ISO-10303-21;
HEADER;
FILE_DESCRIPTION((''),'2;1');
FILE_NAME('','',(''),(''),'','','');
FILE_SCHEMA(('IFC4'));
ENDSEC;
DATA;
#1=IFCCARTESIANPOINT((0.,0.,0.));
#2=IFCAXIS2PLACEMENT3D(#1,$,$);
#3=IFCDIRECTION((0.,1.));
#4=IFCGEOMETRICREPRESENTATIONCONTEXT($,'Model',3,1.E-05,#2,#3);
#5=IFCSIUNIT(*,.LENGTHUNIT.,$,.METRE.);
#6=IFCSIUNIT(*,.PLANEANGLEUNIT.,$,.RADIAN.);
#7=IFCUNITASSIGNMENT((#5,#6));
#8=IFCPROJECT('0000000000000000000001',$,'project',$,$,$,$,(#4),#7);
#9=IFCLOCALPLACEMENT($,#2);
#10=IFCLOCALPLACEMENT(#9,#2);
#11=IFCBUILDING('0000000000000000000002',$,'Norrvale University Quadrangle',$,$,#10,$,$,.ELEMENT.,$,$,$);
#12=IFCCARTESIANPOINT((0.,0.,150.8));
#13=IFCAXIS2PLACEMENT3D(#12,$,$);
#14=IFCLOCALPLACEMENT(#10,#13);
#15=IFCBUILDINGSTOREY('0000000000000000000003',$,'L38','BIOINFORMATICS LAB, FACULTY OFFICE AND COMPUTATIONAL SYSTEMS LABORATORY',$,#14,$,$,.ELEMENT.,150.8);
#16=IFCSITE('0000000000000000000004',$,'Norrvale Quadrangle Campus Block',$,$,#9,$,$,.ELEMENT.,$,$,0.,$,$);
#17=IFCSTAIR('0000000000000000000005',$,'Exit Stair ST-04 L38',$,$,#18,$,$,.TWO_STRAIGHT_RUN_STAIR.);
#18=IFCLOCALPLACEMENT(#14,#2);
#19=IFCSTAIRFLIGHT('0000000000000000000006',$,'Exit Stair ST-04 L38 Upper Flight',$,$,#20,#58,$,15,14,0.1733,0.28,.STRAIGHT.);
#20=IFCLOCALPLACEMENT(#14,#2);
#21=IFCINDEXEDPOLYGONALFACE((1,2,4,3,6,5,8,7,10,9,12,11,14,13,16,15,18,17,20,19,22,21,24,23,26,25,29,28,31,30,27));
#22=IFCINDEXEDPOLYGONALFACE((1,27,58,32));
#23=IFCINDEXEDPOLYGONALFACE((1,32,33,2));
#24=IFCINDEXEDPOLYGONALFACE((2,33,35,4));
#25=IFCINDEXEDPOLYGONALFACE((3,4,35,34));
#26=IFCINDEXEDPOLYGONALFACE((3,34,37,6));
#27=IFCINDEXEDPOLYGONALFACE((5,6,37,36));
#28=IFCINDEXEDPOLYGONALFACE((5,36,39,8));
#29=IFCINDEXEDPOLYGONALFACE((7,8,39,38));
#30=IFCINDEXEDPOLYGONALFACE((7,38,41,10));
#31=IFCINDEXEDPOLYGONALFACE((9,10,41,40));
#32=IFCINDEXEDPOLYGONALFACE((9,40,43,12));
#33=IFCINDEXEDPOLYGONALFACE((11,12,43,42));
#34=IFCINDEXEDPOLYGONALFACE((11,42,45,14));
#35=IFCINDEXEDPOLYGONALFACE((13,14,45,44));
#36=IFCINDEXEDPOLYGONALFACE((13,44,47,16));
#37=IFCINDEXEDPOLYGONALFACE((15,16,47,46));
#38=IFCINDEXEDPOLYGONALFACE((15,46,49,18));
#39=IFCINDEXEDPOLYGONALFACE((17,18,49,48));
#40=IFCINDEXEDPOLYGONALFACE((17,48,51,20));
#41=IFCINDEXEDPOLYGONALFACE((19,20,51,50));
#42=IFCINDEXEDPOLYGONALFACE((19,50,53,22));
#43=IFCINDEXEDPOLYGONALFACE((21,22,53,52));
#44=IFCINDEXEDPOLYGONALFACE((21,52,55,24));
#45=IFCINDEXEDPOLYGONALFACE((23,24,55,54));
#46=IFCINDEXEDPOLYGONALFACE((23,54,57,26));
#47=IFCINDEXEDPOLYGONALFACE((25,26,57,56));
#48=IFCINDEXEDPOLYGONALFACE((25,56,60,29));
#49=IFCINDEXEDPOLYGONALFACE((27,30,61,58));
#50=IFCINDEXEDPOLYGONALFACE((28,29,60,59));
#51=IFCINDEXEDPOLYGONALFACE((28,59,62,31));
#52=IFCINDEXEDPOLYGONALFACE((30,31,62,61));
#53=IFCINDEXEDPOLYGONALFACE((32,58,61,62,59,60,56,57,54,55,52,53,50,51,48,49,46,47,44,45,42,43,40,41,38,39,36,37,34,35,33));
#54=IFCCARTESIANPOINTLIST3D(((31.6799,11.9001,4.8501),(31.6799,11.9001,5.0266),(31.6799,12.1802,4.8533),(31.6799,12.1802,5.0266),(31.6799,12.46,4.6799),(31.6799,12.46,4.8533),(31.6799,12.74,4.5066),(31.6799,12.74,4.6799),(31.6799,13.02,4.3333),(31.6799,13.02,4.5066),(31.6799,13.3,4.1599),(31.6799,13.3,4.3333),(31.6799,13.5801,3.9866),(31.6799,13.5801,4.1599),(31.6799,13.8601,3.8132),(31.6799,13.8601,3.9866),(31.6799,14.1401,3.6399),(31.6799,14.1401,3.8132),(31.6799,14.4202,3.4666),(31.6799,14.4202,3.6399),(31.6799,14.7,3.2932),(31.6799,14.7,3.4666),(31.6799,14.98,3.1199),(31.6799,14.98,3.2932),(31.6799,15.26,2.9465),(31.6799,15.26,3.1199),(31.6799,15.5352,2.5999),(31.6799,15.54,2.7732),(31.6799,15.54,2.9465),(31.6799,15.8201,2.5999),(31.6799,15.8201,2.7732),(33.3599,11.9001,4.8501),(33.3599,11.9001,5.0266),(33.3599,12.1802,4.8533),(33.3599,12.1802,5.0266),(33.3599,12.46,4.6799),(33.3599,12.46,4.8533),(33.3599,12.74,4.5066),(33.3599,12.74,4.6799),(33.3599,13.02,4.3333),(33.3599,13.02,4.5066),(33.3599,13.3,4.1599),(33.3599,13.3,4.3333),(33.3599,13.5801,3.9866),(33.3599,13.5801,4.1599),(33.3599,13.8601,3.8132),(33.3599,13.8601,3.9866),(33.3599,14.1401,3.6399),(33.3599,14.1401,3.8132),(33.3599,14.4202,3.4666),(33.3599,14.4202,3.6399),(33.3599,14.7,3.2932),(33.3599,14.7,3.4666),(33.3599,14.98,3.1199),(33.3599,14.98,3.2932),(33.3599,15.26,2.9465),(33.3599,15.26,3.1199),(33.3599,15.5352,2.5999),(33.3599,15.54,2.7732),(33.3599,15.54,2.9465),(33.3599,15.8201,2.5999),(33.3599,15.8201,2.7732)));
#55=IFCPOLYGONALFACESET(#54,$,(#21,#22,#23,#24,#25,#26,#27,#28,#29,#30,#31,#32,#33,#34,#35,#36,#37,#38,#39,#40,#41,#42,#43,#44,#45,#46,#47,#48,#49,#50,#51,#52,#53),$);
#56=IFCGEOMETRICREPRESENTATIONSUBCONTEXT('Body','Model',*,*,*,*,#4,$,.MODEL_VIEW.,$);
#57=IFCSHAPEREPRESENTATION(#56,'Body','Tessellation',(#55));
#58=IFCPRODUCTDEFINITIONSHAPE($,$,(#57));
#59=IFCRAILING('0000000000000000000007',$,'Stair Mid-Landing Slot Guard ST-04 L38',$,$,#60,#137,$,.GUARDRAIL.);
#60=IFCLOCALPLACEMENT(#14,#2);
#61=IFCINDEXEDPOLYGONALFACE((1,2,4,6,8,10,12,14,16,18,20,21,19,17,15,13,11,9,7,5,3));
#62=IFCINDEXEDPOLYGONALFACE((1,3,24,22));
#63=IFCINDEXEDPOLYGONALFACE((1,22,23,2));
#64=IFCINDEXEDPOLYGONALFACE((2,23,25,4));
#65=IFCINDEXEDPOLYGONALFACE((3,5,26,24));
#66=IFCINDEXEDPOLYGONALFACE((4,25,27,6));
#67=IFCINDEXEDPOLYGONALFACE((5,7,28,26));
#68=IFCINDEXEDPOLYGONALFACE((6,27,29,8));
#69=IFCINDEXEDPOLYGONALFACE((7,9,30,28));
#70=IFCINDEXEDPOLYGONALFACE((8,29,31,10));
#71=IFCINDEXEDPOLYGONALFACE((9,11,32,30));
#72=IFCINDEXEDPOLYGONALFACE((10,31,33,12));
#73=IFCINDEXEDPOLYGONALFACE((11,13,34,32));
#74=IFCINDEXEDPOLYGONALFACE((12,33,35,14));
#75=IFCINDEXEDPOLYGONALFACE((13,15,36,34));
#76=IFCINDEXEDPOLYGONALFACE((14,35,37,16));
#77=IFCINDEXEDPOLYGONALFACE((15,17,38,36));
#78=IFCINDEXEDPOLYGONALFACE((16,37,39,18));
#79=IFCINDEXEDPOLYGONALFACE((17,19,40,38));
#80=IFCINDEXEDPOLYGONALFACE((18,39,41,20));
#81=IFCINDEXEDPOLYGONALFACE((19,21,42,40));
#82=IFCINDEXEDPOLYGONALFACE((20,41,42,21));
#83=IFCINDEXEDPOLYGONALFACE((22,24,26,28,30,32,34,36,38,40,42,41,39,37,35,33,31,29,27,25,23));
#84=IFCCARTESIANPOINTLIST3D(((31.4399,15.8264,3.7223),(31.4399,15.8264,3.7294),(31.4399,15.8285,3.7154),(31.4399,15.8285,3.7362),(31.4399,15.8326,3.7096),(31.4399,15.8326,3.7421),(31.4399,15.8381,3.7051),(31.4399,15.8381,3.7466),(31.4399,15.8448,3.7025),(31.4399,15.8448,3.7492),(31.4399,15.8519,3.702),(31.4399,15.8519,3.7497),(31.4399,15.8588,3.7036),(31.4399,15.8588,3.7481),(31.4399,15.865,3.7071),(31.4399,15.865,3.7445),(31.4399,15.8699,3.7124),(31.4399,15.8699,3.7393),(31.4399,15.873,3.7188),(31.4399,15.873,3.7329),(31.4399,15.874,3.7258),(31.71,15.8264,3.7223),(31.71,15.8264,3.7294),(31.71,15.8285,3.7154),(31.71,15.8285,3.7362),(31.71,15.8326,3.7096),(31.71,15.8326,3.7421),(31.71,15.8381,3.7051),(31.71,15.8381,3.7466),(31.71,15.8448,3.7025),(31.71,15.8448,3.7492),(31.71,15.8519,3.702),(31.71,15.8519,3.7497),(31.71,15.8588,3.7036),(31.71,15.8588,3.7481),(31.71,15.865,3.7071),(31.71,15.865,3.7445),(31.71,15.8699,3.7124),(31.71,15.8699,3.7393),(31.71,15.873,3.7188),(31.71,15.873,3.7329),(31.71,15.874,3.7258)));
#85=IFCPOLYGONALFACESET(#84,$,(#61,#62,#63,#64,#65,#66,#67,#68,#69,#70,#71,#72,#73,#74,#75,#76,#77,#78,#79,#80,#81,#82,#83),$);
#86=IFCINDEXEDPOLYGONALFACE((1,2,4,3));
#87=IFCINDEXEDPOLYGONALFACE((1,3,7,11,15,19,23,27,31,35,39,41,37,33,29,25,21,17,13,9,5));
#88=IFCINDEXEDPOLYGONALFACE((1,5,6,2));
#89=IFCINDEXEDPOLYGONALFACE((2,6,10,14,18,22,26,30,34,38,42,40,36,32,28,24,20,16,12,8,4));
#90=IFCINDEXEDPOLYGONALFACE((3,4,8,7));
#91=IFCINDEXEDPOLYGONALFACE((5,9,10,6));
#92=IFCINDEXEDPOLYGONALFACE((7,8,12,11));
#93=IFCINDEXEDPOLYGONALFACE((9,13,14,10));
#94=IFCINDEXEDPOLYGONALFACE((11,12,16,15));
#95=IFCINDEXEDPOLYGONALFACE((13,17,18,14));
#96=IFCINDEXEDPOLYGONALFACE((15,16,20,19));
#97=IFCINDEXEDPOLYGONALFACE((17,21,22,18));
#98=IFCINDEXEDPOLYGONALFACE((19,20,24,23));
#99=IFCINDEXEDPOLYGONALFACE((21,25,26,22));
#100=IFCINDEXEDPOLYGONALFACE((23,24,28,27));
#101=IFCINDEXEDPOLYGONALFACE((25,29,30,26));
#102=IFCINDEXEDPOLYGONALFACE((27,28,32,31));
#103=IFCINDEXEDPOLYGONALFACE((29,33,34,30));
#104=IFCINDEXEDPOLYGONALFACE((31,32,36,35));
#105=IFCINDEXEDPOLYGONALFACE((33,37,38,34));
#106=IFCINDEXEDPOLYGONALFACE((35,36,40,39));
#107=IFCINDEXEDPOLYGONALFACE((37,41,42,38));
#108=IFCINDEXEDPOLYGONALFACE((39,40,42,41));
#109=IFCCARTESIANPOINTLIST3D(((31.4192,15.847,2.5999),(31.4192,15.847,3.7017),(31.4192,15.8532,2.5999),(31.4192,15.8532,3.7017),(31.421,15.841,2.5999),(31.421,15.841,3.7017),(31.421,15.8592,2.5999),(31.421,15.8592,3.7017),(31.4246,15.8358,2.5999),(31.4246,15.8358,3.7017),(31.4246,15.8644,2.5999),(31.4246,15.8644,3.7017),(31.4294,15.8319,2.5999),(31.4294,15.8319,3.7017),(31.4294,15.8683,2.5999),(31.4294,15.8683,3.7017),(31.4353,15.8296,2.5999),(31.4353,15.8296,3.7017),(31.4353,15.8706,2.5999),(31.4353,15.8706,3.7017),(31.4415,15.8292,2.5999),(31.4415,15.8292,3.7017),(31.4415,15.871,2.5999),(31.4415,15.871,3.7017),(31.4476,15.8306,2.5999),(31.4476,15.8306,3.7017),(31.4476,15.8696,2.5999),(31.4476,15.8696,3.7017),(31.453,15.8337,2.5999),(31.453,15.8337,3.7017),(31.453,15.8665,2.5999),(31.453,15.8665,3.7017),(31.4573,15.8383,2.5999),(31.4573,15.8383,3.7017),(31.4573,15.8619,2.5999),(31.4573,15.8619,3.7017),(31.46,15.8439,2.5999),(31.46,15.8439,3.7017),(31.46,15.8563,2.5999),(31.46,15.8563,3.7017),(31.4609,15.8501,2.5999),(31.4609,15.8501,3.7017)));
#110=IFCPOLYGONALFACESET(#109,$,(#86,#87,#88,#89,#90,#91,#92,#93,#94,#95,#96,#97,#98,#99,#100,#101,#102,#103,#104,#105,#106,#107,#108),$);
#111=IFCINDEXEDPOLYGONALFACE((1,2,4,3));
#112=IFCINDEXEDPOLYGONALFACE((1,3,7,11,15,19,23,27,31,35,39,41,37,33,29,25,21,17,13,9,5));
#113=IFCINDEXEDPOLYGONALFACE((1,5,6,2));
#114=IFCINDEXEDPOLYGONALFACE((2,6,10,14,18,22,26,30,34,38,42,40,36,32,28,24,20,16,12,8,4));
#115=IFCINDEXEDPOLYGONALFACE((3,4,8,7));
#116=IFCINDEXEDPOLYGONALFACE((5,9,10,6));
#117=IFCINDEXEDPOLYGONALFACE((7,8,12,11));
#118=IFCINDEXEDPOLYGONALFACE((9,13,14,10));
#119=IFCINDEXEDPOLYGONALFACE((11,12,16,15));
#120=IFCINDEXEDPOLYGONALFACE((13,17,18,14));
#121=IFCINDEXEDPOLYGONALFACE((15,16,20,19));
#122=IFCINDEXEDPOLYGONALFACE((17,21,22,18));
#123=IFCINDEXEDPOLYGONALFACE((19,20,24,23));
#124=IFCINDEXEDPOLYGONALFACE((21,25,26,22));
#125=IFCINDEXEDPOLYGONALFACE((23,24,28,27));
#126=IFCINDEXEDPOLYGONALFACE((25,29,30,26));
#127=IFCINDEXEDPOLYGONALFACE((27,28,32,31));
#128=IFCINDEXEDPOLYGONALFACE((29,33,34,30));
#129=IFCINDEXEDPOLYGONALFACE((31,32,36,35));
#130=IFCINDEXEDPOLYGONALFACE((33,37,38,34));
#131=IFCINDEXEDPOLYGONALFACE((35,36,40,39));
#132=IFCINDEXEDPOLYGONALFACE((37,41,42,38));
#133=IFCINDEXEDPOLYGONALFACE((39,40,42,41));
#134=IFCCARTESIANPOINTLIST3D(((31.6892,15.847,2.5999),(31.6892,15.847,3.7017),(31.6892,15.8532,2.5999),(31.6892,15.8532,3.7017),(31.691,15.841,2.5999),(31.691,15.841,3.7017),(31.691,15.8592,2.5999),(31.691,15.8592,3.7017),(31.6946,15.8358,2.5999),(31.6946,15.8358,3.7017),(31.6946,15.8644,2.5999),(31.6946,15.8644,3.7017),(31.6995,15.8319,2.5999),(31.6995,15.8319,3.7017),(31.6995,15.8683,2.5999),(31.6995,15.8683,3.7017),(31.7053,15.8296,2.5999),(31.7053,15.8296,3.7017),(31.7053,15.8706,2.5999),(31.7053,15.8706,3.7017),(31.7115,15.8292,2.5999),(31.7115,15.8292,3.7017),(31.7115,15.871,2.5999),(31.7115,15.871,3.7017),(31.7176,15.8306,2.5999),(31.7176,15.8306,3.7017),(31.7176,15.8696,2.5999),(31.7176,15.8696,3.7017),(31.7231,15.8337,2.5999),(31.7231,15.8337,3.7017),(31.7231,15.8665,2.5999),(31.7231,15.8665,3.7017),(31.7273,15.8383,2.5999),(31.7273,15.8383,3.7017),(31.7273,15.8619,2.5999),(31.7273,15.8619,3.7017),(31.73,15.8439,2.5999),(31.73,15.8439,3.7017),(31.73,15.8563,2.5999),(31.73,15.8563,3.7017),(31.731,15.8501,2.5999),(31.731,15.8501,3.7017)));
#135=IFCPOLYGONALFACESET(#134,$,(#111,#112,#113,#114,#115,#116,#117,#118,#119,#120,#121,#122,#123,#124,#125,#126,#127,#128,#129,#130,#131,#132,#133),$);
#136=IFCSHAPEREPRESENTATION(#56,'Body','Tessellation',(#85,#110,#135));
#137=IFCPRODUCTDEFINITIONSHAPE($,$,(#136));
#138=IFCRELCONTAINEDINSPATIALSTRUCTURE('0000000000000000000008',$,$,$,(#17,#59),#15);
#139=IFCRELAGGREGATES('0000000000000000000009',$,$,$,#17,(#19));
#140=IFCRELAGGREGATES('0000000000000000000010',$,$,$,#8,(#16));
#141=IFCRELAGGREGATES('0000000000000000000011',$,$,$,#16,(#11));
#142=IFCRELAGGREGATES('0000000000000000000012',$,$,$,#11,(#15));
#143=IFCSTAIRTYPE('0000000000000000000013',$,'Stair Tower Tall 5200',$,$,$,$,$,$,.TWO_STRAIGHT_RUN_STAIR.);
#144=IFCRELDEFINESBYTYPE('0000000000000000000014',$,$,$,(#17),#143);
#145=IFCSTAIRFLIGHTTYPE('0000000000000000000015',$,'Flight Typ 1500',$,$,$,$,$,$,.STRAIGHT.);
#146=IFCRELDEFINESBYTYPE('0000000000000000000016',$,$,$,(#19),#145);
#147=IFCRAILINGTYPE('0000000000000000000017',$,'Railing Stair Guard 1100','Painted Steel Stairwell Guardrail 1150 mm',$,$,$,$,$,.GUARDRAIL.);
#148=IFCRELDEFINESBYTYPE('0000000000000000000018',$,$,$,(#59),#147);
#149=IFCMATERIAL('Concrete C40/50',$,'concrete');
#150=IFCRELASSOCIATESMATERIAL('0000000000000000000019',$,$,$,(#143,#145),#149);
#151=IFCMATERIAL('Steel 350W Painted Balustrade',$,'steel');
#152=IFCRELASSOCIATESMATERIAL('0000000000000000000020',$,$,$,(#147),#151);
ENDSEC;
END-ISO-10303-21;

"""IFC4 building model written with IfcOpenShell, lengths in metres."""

from ifc_helpers import new_model, si_unit, direction, frame, origin, origin_2d, place, context, subcontext, project, spatial, polyline, circle, outline, extrude, material, type_object, element, aggregate, save


model = new_model("IFC4")

# Units and contexts
model_context = context("Model", 3, precision=1e-05, world=origin(), true_north=direction((0.0, 1.0)))
body_context = subcontext(model_context, "Body", "Model", "MODEL_VIEW")
ifc_project = project(units=[si_unit("LENGTHUNIT", "METRE"), si_unit("PLANEANGLEUNIT", "RADIAN")], contexts=[model_context])

# Site, building, storey
site_placement = place(None, origin())
site = spatial("IfcSite", under=ifc_project, at=site_placement, Name="Norrvale Quadrangle Campus Block", CompositionType="ELEMENT", RefElevation=0.0)
building_placement = place(site_placement, origin())
building = spatial("IfcBuilding", under=site, at=building_placement, Name="Norrvale University Quadrangle", CompositionType="ELEMENT")
storey_placement = place(building_placement, frame((0.0, 0.0, 150.8)))
storey = spatial("IfcBuildingStorey", under=building, at=storey_placement, Name="L38", Description="BIOINFORMATICS LAB, FACULTY OFFICE AND COMPUTATIONAL SYSTEMS LABORATORY", CompositionType="ELEMENT", Elevation=150.8)

# Stair, stair flight
ifc_material_1 = material(Name="Concrete C40/50", Category="concrete")
stair_type = type_object("IfcStairType", Name="Stair Tower Tall 5200", PredefinedType="TWO_STRAIGHT_RUN_STAIR", material=ifc_material_1)
stair_placement = place(storey_placement, origin())
stair = element("IfcStair", 1, at=stair_placement, inside=storey, type_object=stair_type, Name="Exit Stair ST-04 L38", PredefinedType="TWO_STRAIGHT_RUN_STAIR")
stair_flight_type = type_object("IfcStairFlightType", Name="Flight Typ 1500", PredefinedType="STRAIGHT", material=ifc_material_1)
stair_flight_placement = place(storey_placement, frame((32.52, 15.8201, 2.5999), z_axis=(0.0, 0.0, 1.0), x_axis=(0.0, -1.0, 0.0)))
stair_flight = element("IfcStairFlight", 2, at=stair_flight_placement, type_object=stair_flight_type, Name="Exit Stair ST-04 L38 Upper Flight", NumberOfRisers=15, NumberOfTreads=14, PredefinedType="STRAIGHT", RiserHeight=0.1733, TreadLength=0.28, context=body_context, shape_type="SweptSolid", body=[
    extrude(outline(polyline([(0.0, 0.0), (0.0, 0.1733), (0.28, 0.1733), (0.28, 0.3467), (0.5601, 0.3467), (0.5601, 0.52), (0.8401, 0.52), (0.8401, 0.6934), (1.1201, 0.6934), (1.1201, 0.8667), (1.3999, 0.8667), (1.3999, 1.04), (1.6799, 1.04), (1.6799, 1.2134), (1.96, 1.2134), (1.96, 1.3867), (2.24, 1.3867), (2.24, 1.5601), (2.52, 1.5601), (2.52, 1.7334), (2.8, 1.7334), (2.8, 1.9067), (3.0801, 1.9067), (3.0801, 2.0801), (3.3601, 2.0801), (3.3601, 2.2534), (3.6399, 2.2534), (3.6399, 2.4268), (3.9199, 2.4268), (3.9199, 2.6001), (3.9199, 2.2502), (0.2849, 0.0), (0.0, 0.0)])), frame((0.0, 0.8398, 0.0), z_axis=(0.0, -1.0, 0.0), x_axis=(1.0, 0.0, 0.0)), (0.0, 0.0, 1.0), 1.6799),
])
aggregate(stair, [stair_flight])

# Railing
ifc_material_2 = material(Name="Steel 350W Painted Balustrade", Category="steel")
railing_type_1 = type_object("IfcRailingType", Name="Railing Stair Guard 1100", Description="Painted Steel Stairwell Guardrail 1150 mm", PredefinedType="GUARDRAIL", material=ifc_material_2)
railing_1_placement = place(storey_placement, frame((31.4399, 15.8501, 2.5999)))
element("IfcRailing", 3, at=railing_1_placement, inside=storey, type_object=railing_type_1, Name="Stair Mid-Landing Slot Guard ST-04 L38", PredefinedType="GUARDRAIL", context=body_context, shape_type="SweptSolid", body=[
    extrude(circle(Radius=0.0239, at=origin_2d()), frame((0.0, 0.0, 1.126), z_axis=(1.0, 0.0, 0.0), x_axis=(0.0, 1.0, 0.0)), (0.0, 0.0, 1.0), 0.27),
    extrude(circle(Radius=0.021, at=origin_2d()), origin(), (0.0, 0.0, 1.0), 1.1018),
    extrude(circle(Radius=0.021, at=origin_2d()), frame((0.27, 0.0, 0.0)), (0.0, 0.0, 1.0), 1.1018),
])

save(model, "model.ifc")
